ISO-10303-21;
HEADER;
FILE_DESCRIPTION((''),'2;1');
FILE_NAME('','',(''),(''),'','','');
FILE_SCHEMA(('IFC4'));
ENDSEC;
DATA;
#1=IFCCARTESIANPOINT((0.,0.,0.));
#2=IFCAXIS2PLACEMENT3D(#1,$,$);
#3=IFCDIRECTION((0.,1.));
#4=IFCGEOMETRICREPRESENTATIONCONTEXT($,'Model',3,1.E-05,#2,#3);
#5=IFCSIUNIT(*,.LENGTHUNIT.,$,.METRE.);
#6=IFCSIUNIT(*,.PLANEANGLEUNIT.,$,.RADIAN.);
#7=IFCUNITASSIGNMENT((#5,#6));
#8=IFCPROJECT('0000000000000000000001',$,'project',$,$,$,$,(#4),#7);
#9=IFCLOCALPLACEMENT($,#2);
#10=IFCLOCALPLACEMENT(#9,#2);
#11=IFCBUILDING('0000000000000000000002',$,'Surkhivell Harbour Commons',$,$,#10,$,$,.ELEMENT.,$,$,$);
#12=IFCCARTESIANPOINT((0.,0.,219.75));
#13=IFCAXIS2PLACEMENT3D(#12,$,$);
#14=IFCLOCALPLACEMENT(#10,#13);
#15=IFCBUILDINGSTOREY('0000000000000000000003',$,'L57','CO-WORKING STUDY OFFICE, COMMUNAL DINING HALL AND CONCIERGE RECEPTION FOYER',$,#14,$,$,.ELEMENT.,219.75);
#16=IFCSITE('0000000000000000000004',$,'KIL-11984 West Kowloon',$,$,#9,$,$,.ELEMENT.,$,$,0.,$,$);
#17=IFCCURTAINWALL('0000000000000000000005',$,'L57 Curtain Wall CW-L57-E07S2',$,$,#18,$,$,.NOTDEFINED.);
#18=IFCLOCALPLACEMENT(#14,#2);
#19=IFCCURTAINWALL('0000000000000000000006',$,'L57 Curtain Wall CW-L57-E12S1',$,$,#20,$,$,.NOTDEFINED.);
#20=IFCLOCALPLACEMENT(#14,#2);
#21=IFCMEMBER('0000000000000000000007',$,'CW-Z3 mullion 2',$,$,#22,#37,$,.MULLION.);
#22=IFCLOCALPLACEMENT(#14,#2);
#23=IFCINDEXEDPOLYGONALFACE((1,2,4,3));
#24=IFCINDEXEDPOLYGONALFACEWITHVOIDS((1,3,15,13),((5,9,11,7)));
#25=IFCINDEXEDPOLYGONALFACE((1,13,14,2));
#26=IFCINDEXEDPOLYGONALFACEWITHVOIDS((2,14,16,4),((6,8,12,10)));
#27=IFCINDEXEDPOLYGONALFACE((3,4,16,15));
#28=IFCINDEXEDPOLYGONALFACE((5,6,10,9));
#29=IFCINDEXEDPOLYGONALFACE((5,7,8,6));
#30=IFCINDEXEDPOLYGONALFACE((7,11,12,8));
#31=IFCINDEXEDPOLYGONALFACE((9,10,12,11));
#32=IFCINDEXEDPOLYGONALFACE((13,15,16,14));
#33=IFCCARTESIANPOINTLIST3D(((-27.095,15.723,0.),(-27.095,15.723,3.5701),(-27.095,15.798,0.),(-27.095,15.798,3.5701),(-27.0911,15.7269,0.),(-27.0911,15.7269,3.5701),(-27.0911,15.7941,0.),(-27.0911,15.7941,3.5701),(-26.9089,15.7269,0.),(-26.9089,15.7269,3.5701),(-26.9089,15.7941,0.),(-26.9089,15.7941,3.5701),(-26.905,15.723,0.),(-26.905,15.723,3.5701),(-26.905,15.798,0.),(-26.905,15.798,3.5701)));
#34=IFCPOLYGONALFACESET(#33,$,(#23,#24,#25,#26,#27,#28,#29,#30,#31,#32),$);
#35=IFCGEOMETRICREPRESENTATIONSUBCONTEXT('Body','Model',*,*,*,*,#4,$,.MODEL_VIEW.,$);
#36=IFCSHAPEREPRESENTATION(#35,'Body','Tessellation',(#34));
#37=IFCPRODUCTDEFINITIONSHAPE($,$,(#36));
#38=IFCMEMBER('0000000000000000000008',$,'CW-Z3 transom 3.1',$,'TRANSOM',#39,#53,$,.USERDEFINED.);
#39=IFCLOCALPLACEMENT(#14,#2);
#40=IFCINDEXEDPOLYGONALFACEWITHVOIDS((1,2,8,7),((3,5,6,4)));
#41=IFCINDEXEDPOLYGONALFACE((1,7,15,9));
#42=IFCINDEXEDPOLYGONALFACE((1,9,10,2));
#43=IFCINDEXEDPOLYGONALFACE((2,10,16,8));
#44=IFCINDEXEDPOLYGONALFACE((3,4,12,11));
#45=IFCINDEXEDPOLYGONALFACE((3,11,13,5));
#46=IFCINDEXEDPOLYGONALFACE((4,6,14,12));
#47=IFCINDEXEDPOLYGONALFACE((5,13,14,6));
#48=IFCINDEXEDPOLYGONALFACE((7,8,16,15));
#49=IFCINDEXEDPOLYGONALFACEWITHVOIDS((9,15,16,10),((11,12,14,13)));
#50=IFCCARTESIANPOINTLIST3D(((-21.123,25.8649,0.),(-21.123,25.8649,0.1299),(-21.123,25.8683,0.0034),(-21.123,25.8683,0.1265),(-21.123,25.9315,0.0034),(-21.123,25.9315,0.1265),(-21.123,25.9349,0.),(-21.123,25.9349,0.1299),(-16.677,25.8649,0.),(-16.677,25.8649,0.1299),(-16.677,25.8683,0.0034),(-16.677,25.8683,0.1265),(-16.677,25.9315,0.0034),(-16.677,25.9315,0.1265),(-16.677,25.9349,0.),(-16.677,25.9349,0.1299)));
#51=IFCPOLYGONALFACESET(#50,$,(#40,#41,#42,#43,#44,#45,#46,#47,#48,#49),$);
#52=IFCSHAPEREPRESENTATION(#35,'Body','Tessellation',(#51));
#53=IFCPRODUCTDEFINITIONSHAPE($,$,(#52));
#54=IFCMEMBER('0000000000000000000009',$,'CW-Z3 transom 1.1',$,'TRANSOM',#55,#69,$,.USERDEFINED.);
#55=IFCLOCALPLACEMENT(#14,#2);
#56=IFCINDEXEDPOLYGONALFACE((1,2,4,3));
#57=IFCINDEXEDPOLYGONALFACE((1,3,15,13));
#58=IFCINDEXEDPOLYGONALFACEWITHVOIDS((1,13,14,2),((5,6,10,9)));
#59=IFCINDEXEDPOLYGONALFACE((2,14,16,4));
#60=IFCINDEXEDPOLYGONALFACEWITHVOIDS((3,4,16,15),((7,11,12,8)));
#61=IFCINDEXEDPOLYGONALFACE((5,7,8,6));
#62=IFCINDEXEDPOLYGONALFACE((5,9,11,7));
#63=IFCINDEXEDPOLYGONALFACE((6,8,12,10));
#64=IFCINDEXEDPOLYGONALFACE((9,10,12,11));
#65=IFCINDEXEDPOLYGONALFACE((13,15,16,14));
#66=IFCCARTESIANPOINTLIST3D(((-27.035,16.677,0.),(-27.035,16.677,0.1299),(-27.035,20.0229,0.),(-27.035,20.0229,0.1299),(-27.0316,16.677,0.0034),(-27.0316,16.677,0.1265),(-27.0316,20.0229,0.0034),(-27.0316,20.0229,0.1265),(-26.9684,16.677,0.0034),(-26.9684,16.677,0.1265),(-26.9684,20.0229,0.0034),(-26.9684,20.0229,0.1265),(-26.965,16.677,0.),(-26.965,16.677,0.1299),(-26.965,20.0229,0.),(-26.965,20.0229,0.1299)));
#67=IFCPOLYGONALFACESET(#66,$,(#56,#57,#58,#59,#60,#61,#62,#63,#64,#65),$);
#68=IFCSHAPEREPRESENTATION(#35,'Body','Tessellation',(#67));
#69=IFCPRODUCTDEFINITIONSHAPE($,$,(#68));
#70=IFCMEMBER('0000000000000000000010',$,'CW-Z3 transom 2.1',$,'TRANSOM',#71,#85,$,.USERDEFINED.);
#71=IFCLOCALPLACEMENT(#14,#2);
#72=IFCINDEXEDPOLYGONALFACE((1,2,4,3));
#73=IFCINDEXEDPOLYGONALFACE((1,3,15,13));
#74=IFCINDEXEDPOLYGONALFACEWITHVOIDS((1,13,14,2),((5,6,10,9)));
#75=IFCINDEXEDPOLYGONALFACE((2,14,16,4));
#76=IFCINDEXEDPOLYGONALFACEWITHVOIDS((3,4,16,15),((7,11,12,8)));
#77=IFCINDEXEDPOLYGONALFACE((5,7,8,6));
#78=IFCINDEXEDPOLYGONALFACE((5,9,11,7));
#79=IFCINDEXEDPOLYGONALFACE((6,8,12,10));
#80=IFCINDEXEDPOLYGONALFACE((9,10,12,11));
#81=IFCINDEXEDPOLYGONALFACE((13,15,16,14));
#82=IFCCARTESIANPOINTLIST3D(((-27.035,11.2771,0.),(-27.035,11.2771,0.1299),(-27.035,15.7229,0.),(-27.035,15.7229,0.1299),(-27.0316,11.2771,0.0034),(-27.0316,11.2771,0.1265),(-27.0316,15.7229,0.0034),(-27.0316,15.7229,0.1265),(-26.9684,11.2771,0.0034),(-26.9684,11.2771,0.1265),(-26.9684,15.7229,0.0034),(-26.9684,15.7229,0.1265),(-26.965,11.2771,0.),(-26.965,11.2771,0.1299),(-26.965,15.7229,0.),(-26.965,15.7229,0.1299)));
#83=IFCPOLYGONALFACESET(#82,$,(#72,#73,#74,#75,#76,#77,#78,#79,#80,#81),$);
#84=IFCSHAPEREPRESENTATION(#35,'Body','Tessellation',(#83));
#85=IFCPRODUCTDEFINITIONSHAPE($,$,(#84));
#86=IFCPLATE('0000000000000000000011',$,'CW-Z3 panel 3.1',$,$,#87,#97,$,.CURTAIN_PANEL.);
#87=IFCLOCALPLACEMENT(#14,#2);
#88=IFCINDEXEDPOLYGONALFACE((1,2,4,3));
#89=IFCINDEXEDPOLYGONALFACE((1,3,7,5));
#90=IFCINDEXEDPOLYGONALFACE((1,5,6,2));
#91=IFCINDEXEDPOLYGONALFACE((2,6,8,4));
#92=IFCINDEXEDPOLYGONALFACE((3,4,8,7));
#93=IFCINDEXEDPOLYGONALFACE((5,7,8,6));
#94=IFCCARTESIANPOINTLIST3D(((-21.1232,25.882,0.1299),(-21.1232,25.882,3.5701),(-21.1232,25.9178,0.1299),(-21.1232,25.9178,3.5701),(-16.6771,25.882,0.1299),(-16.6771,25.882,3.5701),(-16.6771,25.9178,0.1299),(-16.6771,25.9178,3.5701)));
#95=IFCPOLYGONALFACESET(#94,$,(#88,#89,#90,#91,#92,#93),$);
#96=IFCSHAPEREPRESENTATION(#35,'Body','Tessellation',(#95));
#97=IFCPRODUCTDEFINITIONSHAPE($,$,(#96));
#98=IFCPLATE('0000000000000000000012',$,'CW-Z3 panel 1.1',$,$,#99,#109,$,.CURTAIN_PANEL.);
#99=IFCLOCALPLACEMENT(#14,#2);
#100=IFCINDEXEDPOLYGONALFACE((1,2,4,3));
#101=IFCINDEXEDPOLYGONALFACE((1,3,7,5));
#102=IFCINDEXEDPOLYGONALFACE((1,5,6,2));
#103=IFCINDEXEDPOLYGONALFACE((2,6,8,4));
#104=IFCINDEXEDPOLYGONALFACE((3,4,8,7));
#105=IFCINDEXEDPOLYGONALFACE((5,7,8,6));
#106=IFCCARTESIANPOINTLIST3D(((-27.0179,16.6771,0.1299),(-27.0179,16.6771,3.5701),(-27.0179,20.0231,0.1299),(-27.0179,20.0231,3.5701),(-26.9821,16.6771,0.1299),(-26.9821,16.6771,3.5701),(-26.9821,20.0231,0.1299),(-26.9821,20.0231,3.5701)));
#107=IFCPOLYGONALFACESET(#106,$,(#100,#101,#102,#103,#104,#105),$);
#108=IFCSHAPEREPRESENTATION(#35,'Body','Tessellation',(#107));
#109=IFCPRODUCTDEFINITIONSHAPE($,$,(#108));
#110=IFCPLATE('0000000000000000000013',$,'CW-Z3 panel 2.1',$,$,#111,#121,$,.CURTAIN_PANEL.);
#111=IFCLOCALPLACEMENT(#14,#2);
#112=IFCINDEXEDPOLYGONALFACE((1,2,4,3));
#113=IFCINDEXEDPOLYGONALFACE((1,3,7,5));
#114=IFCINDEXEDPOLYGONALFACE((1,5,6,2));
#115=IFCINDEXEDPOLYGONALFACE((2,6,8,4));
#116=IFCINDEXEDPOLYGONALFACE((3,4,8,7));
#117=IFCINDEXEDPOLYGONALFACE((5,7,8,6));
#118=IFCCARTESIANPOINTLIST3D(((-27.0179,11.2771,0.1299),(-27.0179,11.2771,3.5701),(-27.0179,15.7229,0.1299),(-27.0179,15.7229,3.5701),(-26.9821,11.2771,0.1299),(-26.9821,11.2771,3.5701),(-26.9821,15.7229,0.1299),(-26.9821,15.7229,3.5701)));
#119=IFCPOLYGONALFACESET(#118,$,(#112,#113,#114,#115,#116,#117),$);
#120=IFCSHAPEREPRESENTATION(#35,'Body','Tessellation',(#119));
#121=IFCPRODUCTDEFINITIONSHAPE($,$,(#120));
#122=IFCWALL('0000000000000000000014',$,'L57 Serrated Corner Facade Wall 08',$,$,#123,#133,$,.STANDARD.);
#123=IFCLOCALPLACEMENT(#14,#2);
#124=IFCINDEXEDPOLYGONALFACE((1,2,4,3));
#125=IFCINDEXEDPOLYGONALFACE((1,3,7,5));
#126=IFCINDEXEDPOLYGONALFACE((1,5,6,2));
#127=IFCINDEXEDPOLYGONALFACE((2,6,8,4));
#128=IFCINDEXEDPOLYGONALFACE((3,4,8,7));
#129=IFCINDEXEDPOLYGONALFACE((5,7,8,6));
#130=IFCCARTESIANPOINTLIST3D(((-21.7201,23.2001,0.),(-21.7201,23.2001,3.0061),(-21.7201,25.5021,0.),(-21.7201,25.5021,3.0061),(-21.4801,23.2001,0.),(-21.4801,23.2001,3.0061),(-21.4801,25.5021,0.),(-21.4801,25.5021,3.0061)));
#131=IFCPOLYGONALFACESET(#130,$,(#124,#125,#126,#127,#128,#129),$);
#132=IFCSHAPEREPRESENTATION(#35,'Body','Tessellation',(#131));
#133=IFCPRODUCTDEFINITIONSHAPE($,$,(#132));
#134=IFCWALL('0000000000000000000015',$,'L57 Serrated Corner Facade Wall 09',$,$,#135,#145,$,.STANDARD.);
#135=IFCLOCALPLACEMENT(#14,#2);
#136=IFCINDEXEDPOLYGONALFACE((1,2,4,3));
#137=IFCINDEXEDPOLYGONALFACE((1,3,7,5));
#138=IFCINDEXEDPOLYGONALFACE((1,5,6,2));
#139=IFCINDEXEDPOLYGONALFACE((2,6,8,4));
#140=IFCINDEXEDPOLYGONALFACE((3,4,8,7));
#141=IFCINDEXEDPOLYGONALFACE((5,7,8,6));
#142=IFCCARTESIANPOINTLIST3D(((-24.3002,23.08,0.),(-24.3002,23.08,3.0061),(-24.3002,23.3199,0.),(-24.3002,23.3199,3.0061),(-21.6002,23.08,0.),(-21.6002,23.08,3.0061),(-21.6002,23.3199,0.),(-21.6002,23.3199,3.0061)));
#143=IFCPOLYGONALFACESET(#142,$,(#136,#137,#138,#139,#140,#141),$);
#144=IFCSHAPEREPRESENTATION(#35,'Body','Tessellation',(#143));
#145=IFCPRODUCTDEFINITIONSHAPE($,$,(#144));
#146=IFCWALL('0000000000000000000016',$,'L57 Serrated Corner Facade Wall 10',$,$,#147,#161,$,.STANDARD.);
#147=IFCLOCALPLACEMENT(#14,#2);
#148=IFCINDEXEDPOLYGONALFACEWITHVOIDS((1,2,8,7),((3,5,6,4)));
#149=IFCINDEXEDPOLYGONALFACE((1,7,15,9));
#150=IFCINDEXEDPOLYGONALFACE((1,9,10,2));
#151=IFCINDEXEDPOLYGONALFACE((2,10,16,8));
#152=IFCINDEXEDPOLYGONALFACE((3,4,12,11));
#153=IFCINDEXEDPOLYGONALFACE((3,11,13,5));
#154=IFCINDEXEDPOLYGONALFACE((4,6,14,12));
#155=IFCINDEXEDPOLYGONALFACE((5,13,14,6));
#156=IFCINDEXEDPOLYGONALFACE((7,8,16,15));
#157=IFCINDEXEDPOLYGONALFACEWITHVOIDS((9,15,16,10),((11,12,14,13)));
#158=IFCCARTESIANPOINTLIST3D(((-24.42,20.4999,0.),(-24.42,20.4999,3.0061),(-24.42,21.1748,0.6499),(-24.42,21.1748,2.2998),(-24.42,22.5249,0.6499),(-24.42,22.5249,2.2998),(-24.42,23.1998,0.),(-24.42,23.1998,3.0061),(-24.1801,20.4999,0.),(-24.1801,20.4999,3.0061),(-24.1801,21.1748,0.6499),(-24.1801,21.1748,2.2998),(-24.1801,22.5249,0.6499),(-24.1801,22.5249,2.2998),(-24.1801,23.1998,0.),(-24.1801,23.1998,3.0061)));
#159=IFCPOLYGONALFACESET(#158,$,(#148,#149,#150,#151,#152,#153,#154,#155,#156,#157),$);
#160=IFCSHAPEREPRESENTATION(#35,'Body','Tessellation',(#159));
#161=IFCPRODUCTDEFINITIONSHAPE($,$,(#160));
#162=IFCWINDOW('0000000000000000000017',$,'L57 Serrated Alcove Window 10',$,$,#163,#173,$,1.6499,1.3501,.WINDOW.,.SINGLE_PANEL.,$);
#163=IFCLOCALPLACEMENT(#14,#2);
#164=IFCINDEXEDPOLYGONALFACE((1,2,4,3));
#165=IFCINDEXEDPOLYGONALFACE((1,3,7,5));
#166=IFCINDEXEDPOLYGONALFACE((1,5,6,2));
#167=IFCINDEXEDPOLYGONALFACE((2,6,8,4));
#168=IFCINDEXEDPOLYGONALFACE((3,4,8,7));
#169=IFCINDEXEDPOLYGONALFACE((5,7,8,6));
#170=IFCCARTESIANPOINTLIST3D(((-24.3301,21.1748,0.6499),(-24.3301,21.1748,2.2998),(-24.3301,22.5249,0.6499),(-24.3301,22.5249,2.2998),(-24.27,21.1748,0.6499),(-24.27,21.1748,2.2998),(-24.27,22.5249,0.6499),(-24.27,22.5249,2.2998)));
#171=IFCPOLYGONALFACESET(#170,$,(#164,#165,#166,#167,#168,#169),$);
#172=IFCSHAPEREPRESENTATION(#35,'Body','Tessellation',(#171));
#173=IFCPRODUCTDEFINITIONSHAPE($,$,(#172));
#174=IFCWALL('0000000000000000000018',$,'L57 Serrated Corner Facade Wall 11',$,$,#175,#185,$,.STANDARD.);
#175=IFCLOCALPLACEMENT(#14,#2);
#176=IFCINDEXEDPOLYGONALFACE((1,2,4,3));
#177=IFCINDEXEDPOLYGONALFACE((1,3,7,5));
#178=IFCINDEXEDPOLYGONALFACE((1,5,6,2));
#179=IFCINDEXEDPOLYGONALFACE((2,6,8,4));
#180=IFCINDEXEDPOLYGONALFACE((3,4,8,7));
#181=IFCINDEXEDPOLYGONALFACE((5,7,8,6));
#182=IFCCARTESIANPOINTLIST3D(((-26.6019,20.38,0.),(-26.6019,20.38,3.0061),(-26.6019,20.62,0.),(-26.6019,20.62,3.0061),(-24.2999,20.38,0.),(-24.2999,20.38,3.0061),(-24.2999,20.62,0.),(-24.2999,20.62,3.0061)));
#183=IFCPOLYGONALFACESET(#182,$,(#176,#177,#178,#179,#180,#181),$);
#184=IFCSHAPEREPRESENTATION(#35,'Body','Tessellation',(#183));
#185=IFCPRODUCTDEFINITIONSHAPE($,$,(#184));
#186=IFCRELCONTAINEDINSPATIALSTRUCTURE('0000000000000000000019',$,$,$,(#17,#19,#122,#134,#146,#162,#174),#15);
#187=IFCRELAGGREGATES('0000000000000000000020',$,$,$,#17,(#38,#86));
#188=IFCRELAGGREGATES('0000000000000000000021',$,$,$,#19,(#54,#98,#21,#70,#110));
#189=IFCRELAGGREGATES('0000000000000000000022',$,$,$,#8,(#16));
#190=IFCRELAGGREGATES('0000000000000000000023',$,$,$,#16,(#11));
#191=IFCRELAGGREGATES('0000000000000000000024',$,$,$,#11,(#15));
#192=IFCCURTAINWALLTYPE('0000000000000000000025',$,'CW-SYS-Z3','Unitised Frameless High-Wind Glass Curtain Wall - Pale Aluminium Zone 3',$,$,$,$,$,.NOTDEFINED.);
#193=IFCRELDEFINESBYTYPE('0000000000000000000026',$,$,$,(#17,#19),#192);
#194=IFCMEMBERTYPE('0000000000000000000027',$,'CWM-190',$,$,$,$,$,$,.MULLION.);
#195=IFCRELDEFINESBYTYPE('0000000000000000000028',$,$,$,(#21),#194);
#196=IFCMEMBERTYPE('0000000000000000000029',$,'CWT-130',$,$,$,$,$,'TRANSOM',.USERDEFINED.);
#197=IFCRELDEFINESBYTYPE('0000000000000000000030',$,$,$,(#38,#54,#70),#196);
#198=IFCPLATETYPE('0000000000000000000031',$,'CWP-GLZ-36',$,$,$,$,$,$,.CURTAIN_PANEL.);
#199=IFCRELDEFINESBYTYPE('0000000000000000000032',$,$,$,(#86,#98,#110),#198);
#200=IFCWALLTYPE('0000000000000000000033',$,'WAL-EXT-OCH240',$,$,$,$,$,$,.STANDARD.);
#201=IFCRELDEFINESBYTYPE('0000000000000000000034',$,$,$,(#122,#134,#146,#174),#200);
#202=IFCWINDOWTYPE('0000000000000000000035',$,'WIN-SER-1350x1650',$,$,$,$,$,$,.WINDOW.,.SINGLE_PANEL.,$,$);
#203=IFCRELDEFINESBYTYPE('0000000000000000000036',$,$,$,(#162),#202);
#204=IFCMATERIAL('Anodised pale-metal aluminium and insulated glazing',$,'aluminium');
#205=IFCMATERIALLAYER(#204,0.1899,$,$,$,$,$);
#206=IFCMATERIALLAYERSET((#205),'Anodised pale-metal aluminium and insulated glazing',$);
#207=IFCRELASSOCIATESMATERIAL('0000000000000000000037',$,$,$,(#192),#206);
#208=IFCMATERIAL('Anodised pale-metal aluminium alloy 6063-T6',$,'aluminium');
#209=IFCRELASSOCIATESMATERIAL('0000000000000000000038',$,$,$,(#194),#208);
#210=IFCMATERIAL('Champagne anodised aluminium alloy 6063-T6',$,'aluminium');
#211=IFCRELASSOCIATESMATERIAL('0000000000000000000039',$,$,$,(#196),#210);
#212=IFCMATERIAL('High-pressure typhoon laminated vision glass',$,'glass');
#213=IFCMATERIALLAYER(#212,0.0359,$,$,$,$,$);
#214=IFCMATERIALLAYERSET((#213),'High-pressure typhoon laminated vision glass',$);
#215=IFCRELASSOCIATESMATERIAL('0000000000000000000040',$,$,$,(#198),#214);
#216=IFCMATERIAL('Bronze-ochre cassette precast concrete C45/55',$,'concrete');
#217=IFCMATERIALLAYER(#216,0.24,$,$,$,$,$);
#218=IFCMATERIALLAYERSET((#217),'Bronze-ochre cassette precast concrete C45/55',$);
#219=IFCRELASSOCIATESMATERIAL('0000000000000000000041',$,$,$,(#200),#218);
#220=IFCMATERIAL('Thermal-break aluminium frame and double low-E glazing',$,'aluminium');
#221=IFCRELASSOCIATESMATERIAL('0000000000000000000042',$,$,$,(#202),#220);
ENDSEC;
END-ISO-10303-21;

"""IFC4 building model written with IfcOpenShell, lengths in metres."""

from ifc_helpers import new_model, si_unit, direction, frame, frame_2d, origin, origin_2d, place, context, subcontext, project, spatial, rectangle, hollow_rectangle, extrude, material, layer, layer_set, material_profile, profile_set, type_object, element, fill, aggregate, save


model = new_model("IFC4")

# Units and contexts
model_context = context("Model", 3, precision=1e-05, world=origin(), true_north=direction((0.0, 1.0)))
body_context = subcontext(model_context, "Body", "Model", "MODEL_VIEW")
ifc_project = project(units=[si_unit("LENGTHUNIT", "METRE"), si_unit("PLANEANGLEUNIT", "RADIAN")], contexts=[model_context])

# Site, building, storey
site_placement = place(None, origin())
site = spatial("IfcSite", under=ifc_project, at=site_placement, Name="KIL-11984 West Kowloon", CompositionType="ELEMENT", RefElevation=0.0)
building_placement = place(site_placement, origin())
building = spatial("IfcBuilding", under=site, at=building_placement, Name="Surkhivell Harbour Commons", CompositionType="ELEMENT")
storey_placement = place(building_placement, frame((0.0, 0.0, 219.75)))
storey = spatial("IfcBuildingStorey", under=building, at=storey_placement, Name="L57", Description="CO-WORKING STUDY OFFICE, COMMUNAL DINING HALL AND CONCIERGE RECEPTION FOYER", CompositionType="ELEMENT", Elevation=219.75)

# Curtain walls, member
ifc_material_1 = material(Name="Anodised pale-metal aluminium and insulated glazing", Category="aluminium")
ifc_layer_1 = layer(ifc_material_1, 0.1899)
ifc_layer_set_1 = layer_set([ifc_layer_1], Name="Anodised pale-metal aluminium and insulated glazing")
curtain_wall_type = type_object("IfcCurtainWallType", Name="CW-SYS-Z3", Description="Unitised Frameless High-Wind Glass Curtain Wall - Pale Aluminium Zone 3", PredefinedType="NOTDEFINED", material=ifc_layer_set_1)
curtain_wall_1_placement = place(storey_placement, origin())
curtain_wall_1 = element("IfcCurtainWall", 1, at=curtain_wall_1_placement, inside=storey, type_object=curtain_wall_type, Name="L57 Curtain Wall CW-L57-E07S2", PredefinedType="NOTDEFINED")
ifc_material_2 = material(Name="Anodised pale-metal aluminium alloy 6063-T6", Category="aluminium")
ifc_material_profile_1 = material_profile(ifc_material_2, hollow_rectangle(XDim=0.075, YDim=0.1899, WallThickness=0.0039, at=origin_2d()), Name="ALU-MULL-75x190")
ifc_profile_set_1 = profile_set([ifc_material_profile_1], Name="Anodised pale-metal aluminium alloy 6063-T6")
member_type_1 = type_object("IfcMemberType", Name="CWM-190", PredefinedType="MULLION", material=ifc_profile_set_1)
curtain_wall_2_placement = place(storey_placement, origin())
curtain_wall_2 = element("IfcCurtainWall", 2, at=curtain_wall_2_placement, inside=storey, type_object=curtain_wall_type, Name="L57 Curtain Wall CW-L57-E12S1", PredefinedType="NOTDEFINED")
member_1_placement = place(storey_placement, frame((-27.0, 15.7605, 0.0), z_axis=(0.0, 0.0, 1.0), x_axis=(0.0, -1.0, 0.0)))
member_1 = element("IfcMember", 3, at=member_1_placement, type_object=member_type_1, Name="CW-Z3 mullion 2", PredefinedType="MULLION", context=body_context, shape_type="SweptSolid", body=[
    extrude(hollow_rectangle(XDim=0.075, YDim=0.1899, WallThickness=0.0039, at=origin_2d()), origin(), (0.0, 0.0, 1.0), 3.5701),
])

# Members
ifc_material_3 = material(Name="Champagne anodised aluminium alloy 6063-T6", Category="aluminium")
ifc_material_profile_2 = material_profile(ifc_material_3, hollow_rectangle(XDim=0.0701, YDim=0.1299, WallThickness=0.0034, at=origin_2d()), Name="ALU-TRAN-70x130")
ifc_profile_set_2 = profile_set([ifc_material_profile_2], Name="Champagne anodised aluminium alloy 6063-T6")
member_type_2 = type_object("IfcMemberType", Name="CWT-130", ElementType="TRANSOM", PredefinedType="USERDEFINED", material=ifc_profile_set_2)
member_2_placement = place(storey_placement, frame((-16.677, 25.8999, 0.0649), z_axis=(-1.0, 0.0, 0.0), x_axis=(0.0, -1.0, 0.0)))
member_2 = element("IfcMember", 4, at=member_2_placement, type_object=member_type_2, Name="CW-Z3 transom 3.1", ObjectType="TRANSOM", PredefinedType="USERDEFINED", context=body_context, shape_type="SweptSolid", body=[
    extrude(hollow_rectangle(XDim=0.0701, YDim=0.1299, WallThickness=0.0034, at=origin_2d()), origin(), (0.0, 0.0, 1.0), 4.446),
])
member_3_placement = place(storey_placement, frame((-27.0, 20.0229, 0.0649), z_axis=(0.0, -1.0, 0.0), x_axis=(1.0, 0.0, 0.0)))
member_3 = element("IfcMember", 5, at=member_3_placement, type_object=member_type_2, Name="CW-Z3 transom 1.1", ObjectType="TRANSOM", PredefinedType="USERDEFINED", context=body_context, shape_type="SweptSolid", body=[
    extrude(hollow_rectangle(XDim=0.0701, YDim=0.1299, WallThickness=0.0034, at=origin_2d()), origin(), (0.0, 0.0, 1.0), 3.3459),
])
member_4_placement = place(storey_placement, frame((-27.0, 15.7229, 0.0649), z_axis=(0.0, -1.0, 0.0), x_axis=(1.0, 0.0, 0.0)))
member_4 = element("IfcMember", 6, at=member_4_placement, type_object=member_type_2, Name="CW-Z3 transom 2.1", ObjectType="TRANSOM", PredefinedType="USERDEFINED", context=body_context, shape_type="SweptSolid", body=[
    extrude(hollow_rectangle(XDim=0.0701, YDim=0.1299, WallThickness=0.0034, at=origin_2d()), origin(), (0.0, 0.0, 1.0), 4.4458),
])

# Plates
ifc_material_4 = material(Name="High-pressure typhoon laminated vision glass", Category="glass")
ifc_layer_2 = layer(ifc_material_4, 0.0359)
ifc_layer_set_2 = layer_set([ifc_layer_2], Name="High-pressure typhoon laminated vision glass")
plate_type = type_object("IfcPlateType", Name="CWP-GLZ-36", PredefinedType="CURTAIN_PANEL", material=ifc_layer_set_2)
plate_1_placement = place(storey_placement, frame((-16.677, 25.8999, 0.1299), z_axis=(0.0, 0.0, 1.0), x_axis=(-1.0, 0.0, 0.0)))
plate_1 = element("IfcPlate", 7, at=plate_1_placement, type_object=plate_type, Name="CW-Z3 panel 3.1", PredefinedType="CURTAIN_PANEL", context=body_context, shape_type="SweptSolid", body=[
    extrude(rectangle(XDim=4.446, YDim=0.0359, at=frame_2d((2.2231, 0.0))), origin(), (0.0, 0.0, 1.0), 3.4402),
])
aggregate(curtain_wall_1, [member_2, plate_1])
plate_2_placement = place(storey_placement, frame((-27.0, 20.0229, 0.1299), z_axis=(0.0, 0.0, 1.0), x_axis=(0.0, -1.0, 0.0)))
plate_2 = element("IfcPlate", 8, at=plate_2_placement, type_object=plate_type, Name="CW-Z3 panel 1.1", PredefinedType="CURTAIN_PANEL", context=body_context, shape_type="SweptSolid", body=[
    extrude(rectangle(XDim=3.3459, YDim=0.0359, at=frame_2d((1.6729, 0.0))), origin(), (0.0, 0.0, 1.0), 3.4402),
])
plate_3_placement = place(storey_placement, frame((-27.0, 15.7229, 0.1299), z_axis=(0.0, 0.0, 1.0), x_axis=(0.0, -1.0, 0.0)))
plate_3 = element("IfcPlate", 9, at=plate_3_placement, type_object=plate_type, Name="CW-Z3 panel 2.1", PredefinedType="CURTAIN_PANEL", context=body_context, shape_type="SweptSolid", body=[
    extrude(rectangle(XDim=4.4458, YDim=0.0359, at=frame_2d((2.2229, 0.0))), origin(), (0.0, 0.0, 1.0), 3.4402),
])
aggregate(curtain_wall_2, [member_3, plate_2, member_1, member_4, plate_3])

# Walls
ifc_material_5 = material(Name="Bronze-ochre cassette precast concrete C45/55", Category="concrete")
ifc_layer_3 = layer(ifc_material_5, 0.24)
ifc_layer_set_3 = layer_set([ifc_layer_3], Name="Bronze-ochre cassette precast concrete C45/55")
wall_type = type_object("IfcWallType", Name="WAL-EXT-OCH240", PredefinedType="STANDARD", material=ifc_layer_set_3)
wall_1_placement = place(storey_placement, frame((-21.6001, 25.502, 0.0), z_axis=(0.0, 0.0, 1.0), x_axis=(0.0, -1.0, 0.0)))
element("IfcWall", 10, at=wall_1_placement, inside=storey, type_object=wall_type, Name="L57 Serrated Corner Facade Wall 08", PredefinedType="STANDARD", context=body_context, shape_type="SweptSolid", body=[
    extrude(rectangle(XDim=2.302, YDim=0.24, at=frame_2d((1.1509, 0.0))), origin(), (0.0, 0.0, 1.0), 3.0061),
])
wall_2_placement = place(storey_placement, frame((-21.6001, 23.2, 0.0), z_axis=(0.0, 0.0, 1.0), x_axis=(-1.0, 0.0, 0.0)))
element("IfcWall", 11, at=wall_2_placement, inside=storey, type_object=wall_type, Name="L57 Serrated Corner Facade Wall 09", PredefinedType="STANDARD", context=body_context, shape_type="SweptSolid", body=[
    extrude(rectangle(XDim=2.7, YDim=0.24, at=frame_2d((1.3501, 0.0))), origin(), (0.0, 0.0, 1.0), 3.0061),
])

# Wall, opening, window
wall_3_placement = place(storey_placement, frame((-24.3, 23.2, 0.0), z_axis=(0.0, 0.0, 1.0), x_axis=(0.0, -1.0, 0.0)))
wall_3 = element("IfcWall", 12, at=wall_3_placement, inside=storey, type_object=wall_type, Name="L57 Serrated Corner Facade Wall 10", PredefinedType="STANDARD", context=body_context, shape_type="SweptSolid", body=[
    extrude(rectangle(XDim=2.7, YDim=0.24, at=frame_2d((1.3501, 0.0))), origin(), (0.0, 0.0, 1.0), 3.0061),
])
opening_placement = place(wall_3_placement, frame((0.675, 0.0, 0.6499)))
opening = element("IfcOpeningElement", 13, at=opening_placement, cuts=wall_3, PredefinedType="OPENING", context=body_context, shape_type="SweptSolid", body=[
    extrude(rectangle(XDim=1.3501, YDim=1.6499, at=frame_2d((0.675, 0.825))), frame((0.0, 0.1299, 0.0), z_axis=(0.0, -1.0, 0.0), x_axis=(1.0, 0.0, 0.0)), (0.0, 0.0, 1.0), 0.26),
])
ifc_material_6 = material(Name="Thermal-break aluminium frame and double low-E glazing", Category="aluminium")
window_type = type_object("IfcWindowType", Name="WIN-SER-1350x1650", PartitioningType="SINGLE_PANEL", PredefinedType="WINDOW", material=ifc_material_6)
window_placement = place(opening_placement, origin())
window = element("IfcWindow", 14, at=window_placement, inside=storey, type_object=window_type, Name="L57 Serrated Alcove Window 10", OverallHeight=1.6499, OverallWidth=1.3501, PartitioningType="SINGLE_PANEL", PredefinedType="WINDOW", context=body_context, shape_type="SweptSolid", body=[
    extrude(rectangle(XDim=1.3501, YDim=1.6499, at=frame_2d((0.675, 0.825))), frame((0.0, 0.03, 0.0), z_axis=(0.0, -1.0, 0.0), x_axis=(1.0, 0.0, 0.0)), (0.0, 0.0, 1.0), 0.0601),
])
fill(opening, window)

# Wall
wall_4_placement = place(storey_placement, frame((-24.3, 20.5, 0.0), z_axis=(0.0, 0.0, 1.0), x_axis=(-1.0, 0.0, 0.0)))
element("IfcWall", 15, at=wall_4_placement, inside=storey, type_object=wall_type, Name="L57 Serrated Corner Facade Wall 11", PredefinedType="STANDARD", context=body_context, shape_type="SweptSolid", body=[
    extrude(rectangle(XDim=2.302, YDim=0.24, at=frame_2d((1.1509, 0.0))), origin(), (0.0, 0.0, 1.0), 3.0061),
])

save(model, "model.ifc")
